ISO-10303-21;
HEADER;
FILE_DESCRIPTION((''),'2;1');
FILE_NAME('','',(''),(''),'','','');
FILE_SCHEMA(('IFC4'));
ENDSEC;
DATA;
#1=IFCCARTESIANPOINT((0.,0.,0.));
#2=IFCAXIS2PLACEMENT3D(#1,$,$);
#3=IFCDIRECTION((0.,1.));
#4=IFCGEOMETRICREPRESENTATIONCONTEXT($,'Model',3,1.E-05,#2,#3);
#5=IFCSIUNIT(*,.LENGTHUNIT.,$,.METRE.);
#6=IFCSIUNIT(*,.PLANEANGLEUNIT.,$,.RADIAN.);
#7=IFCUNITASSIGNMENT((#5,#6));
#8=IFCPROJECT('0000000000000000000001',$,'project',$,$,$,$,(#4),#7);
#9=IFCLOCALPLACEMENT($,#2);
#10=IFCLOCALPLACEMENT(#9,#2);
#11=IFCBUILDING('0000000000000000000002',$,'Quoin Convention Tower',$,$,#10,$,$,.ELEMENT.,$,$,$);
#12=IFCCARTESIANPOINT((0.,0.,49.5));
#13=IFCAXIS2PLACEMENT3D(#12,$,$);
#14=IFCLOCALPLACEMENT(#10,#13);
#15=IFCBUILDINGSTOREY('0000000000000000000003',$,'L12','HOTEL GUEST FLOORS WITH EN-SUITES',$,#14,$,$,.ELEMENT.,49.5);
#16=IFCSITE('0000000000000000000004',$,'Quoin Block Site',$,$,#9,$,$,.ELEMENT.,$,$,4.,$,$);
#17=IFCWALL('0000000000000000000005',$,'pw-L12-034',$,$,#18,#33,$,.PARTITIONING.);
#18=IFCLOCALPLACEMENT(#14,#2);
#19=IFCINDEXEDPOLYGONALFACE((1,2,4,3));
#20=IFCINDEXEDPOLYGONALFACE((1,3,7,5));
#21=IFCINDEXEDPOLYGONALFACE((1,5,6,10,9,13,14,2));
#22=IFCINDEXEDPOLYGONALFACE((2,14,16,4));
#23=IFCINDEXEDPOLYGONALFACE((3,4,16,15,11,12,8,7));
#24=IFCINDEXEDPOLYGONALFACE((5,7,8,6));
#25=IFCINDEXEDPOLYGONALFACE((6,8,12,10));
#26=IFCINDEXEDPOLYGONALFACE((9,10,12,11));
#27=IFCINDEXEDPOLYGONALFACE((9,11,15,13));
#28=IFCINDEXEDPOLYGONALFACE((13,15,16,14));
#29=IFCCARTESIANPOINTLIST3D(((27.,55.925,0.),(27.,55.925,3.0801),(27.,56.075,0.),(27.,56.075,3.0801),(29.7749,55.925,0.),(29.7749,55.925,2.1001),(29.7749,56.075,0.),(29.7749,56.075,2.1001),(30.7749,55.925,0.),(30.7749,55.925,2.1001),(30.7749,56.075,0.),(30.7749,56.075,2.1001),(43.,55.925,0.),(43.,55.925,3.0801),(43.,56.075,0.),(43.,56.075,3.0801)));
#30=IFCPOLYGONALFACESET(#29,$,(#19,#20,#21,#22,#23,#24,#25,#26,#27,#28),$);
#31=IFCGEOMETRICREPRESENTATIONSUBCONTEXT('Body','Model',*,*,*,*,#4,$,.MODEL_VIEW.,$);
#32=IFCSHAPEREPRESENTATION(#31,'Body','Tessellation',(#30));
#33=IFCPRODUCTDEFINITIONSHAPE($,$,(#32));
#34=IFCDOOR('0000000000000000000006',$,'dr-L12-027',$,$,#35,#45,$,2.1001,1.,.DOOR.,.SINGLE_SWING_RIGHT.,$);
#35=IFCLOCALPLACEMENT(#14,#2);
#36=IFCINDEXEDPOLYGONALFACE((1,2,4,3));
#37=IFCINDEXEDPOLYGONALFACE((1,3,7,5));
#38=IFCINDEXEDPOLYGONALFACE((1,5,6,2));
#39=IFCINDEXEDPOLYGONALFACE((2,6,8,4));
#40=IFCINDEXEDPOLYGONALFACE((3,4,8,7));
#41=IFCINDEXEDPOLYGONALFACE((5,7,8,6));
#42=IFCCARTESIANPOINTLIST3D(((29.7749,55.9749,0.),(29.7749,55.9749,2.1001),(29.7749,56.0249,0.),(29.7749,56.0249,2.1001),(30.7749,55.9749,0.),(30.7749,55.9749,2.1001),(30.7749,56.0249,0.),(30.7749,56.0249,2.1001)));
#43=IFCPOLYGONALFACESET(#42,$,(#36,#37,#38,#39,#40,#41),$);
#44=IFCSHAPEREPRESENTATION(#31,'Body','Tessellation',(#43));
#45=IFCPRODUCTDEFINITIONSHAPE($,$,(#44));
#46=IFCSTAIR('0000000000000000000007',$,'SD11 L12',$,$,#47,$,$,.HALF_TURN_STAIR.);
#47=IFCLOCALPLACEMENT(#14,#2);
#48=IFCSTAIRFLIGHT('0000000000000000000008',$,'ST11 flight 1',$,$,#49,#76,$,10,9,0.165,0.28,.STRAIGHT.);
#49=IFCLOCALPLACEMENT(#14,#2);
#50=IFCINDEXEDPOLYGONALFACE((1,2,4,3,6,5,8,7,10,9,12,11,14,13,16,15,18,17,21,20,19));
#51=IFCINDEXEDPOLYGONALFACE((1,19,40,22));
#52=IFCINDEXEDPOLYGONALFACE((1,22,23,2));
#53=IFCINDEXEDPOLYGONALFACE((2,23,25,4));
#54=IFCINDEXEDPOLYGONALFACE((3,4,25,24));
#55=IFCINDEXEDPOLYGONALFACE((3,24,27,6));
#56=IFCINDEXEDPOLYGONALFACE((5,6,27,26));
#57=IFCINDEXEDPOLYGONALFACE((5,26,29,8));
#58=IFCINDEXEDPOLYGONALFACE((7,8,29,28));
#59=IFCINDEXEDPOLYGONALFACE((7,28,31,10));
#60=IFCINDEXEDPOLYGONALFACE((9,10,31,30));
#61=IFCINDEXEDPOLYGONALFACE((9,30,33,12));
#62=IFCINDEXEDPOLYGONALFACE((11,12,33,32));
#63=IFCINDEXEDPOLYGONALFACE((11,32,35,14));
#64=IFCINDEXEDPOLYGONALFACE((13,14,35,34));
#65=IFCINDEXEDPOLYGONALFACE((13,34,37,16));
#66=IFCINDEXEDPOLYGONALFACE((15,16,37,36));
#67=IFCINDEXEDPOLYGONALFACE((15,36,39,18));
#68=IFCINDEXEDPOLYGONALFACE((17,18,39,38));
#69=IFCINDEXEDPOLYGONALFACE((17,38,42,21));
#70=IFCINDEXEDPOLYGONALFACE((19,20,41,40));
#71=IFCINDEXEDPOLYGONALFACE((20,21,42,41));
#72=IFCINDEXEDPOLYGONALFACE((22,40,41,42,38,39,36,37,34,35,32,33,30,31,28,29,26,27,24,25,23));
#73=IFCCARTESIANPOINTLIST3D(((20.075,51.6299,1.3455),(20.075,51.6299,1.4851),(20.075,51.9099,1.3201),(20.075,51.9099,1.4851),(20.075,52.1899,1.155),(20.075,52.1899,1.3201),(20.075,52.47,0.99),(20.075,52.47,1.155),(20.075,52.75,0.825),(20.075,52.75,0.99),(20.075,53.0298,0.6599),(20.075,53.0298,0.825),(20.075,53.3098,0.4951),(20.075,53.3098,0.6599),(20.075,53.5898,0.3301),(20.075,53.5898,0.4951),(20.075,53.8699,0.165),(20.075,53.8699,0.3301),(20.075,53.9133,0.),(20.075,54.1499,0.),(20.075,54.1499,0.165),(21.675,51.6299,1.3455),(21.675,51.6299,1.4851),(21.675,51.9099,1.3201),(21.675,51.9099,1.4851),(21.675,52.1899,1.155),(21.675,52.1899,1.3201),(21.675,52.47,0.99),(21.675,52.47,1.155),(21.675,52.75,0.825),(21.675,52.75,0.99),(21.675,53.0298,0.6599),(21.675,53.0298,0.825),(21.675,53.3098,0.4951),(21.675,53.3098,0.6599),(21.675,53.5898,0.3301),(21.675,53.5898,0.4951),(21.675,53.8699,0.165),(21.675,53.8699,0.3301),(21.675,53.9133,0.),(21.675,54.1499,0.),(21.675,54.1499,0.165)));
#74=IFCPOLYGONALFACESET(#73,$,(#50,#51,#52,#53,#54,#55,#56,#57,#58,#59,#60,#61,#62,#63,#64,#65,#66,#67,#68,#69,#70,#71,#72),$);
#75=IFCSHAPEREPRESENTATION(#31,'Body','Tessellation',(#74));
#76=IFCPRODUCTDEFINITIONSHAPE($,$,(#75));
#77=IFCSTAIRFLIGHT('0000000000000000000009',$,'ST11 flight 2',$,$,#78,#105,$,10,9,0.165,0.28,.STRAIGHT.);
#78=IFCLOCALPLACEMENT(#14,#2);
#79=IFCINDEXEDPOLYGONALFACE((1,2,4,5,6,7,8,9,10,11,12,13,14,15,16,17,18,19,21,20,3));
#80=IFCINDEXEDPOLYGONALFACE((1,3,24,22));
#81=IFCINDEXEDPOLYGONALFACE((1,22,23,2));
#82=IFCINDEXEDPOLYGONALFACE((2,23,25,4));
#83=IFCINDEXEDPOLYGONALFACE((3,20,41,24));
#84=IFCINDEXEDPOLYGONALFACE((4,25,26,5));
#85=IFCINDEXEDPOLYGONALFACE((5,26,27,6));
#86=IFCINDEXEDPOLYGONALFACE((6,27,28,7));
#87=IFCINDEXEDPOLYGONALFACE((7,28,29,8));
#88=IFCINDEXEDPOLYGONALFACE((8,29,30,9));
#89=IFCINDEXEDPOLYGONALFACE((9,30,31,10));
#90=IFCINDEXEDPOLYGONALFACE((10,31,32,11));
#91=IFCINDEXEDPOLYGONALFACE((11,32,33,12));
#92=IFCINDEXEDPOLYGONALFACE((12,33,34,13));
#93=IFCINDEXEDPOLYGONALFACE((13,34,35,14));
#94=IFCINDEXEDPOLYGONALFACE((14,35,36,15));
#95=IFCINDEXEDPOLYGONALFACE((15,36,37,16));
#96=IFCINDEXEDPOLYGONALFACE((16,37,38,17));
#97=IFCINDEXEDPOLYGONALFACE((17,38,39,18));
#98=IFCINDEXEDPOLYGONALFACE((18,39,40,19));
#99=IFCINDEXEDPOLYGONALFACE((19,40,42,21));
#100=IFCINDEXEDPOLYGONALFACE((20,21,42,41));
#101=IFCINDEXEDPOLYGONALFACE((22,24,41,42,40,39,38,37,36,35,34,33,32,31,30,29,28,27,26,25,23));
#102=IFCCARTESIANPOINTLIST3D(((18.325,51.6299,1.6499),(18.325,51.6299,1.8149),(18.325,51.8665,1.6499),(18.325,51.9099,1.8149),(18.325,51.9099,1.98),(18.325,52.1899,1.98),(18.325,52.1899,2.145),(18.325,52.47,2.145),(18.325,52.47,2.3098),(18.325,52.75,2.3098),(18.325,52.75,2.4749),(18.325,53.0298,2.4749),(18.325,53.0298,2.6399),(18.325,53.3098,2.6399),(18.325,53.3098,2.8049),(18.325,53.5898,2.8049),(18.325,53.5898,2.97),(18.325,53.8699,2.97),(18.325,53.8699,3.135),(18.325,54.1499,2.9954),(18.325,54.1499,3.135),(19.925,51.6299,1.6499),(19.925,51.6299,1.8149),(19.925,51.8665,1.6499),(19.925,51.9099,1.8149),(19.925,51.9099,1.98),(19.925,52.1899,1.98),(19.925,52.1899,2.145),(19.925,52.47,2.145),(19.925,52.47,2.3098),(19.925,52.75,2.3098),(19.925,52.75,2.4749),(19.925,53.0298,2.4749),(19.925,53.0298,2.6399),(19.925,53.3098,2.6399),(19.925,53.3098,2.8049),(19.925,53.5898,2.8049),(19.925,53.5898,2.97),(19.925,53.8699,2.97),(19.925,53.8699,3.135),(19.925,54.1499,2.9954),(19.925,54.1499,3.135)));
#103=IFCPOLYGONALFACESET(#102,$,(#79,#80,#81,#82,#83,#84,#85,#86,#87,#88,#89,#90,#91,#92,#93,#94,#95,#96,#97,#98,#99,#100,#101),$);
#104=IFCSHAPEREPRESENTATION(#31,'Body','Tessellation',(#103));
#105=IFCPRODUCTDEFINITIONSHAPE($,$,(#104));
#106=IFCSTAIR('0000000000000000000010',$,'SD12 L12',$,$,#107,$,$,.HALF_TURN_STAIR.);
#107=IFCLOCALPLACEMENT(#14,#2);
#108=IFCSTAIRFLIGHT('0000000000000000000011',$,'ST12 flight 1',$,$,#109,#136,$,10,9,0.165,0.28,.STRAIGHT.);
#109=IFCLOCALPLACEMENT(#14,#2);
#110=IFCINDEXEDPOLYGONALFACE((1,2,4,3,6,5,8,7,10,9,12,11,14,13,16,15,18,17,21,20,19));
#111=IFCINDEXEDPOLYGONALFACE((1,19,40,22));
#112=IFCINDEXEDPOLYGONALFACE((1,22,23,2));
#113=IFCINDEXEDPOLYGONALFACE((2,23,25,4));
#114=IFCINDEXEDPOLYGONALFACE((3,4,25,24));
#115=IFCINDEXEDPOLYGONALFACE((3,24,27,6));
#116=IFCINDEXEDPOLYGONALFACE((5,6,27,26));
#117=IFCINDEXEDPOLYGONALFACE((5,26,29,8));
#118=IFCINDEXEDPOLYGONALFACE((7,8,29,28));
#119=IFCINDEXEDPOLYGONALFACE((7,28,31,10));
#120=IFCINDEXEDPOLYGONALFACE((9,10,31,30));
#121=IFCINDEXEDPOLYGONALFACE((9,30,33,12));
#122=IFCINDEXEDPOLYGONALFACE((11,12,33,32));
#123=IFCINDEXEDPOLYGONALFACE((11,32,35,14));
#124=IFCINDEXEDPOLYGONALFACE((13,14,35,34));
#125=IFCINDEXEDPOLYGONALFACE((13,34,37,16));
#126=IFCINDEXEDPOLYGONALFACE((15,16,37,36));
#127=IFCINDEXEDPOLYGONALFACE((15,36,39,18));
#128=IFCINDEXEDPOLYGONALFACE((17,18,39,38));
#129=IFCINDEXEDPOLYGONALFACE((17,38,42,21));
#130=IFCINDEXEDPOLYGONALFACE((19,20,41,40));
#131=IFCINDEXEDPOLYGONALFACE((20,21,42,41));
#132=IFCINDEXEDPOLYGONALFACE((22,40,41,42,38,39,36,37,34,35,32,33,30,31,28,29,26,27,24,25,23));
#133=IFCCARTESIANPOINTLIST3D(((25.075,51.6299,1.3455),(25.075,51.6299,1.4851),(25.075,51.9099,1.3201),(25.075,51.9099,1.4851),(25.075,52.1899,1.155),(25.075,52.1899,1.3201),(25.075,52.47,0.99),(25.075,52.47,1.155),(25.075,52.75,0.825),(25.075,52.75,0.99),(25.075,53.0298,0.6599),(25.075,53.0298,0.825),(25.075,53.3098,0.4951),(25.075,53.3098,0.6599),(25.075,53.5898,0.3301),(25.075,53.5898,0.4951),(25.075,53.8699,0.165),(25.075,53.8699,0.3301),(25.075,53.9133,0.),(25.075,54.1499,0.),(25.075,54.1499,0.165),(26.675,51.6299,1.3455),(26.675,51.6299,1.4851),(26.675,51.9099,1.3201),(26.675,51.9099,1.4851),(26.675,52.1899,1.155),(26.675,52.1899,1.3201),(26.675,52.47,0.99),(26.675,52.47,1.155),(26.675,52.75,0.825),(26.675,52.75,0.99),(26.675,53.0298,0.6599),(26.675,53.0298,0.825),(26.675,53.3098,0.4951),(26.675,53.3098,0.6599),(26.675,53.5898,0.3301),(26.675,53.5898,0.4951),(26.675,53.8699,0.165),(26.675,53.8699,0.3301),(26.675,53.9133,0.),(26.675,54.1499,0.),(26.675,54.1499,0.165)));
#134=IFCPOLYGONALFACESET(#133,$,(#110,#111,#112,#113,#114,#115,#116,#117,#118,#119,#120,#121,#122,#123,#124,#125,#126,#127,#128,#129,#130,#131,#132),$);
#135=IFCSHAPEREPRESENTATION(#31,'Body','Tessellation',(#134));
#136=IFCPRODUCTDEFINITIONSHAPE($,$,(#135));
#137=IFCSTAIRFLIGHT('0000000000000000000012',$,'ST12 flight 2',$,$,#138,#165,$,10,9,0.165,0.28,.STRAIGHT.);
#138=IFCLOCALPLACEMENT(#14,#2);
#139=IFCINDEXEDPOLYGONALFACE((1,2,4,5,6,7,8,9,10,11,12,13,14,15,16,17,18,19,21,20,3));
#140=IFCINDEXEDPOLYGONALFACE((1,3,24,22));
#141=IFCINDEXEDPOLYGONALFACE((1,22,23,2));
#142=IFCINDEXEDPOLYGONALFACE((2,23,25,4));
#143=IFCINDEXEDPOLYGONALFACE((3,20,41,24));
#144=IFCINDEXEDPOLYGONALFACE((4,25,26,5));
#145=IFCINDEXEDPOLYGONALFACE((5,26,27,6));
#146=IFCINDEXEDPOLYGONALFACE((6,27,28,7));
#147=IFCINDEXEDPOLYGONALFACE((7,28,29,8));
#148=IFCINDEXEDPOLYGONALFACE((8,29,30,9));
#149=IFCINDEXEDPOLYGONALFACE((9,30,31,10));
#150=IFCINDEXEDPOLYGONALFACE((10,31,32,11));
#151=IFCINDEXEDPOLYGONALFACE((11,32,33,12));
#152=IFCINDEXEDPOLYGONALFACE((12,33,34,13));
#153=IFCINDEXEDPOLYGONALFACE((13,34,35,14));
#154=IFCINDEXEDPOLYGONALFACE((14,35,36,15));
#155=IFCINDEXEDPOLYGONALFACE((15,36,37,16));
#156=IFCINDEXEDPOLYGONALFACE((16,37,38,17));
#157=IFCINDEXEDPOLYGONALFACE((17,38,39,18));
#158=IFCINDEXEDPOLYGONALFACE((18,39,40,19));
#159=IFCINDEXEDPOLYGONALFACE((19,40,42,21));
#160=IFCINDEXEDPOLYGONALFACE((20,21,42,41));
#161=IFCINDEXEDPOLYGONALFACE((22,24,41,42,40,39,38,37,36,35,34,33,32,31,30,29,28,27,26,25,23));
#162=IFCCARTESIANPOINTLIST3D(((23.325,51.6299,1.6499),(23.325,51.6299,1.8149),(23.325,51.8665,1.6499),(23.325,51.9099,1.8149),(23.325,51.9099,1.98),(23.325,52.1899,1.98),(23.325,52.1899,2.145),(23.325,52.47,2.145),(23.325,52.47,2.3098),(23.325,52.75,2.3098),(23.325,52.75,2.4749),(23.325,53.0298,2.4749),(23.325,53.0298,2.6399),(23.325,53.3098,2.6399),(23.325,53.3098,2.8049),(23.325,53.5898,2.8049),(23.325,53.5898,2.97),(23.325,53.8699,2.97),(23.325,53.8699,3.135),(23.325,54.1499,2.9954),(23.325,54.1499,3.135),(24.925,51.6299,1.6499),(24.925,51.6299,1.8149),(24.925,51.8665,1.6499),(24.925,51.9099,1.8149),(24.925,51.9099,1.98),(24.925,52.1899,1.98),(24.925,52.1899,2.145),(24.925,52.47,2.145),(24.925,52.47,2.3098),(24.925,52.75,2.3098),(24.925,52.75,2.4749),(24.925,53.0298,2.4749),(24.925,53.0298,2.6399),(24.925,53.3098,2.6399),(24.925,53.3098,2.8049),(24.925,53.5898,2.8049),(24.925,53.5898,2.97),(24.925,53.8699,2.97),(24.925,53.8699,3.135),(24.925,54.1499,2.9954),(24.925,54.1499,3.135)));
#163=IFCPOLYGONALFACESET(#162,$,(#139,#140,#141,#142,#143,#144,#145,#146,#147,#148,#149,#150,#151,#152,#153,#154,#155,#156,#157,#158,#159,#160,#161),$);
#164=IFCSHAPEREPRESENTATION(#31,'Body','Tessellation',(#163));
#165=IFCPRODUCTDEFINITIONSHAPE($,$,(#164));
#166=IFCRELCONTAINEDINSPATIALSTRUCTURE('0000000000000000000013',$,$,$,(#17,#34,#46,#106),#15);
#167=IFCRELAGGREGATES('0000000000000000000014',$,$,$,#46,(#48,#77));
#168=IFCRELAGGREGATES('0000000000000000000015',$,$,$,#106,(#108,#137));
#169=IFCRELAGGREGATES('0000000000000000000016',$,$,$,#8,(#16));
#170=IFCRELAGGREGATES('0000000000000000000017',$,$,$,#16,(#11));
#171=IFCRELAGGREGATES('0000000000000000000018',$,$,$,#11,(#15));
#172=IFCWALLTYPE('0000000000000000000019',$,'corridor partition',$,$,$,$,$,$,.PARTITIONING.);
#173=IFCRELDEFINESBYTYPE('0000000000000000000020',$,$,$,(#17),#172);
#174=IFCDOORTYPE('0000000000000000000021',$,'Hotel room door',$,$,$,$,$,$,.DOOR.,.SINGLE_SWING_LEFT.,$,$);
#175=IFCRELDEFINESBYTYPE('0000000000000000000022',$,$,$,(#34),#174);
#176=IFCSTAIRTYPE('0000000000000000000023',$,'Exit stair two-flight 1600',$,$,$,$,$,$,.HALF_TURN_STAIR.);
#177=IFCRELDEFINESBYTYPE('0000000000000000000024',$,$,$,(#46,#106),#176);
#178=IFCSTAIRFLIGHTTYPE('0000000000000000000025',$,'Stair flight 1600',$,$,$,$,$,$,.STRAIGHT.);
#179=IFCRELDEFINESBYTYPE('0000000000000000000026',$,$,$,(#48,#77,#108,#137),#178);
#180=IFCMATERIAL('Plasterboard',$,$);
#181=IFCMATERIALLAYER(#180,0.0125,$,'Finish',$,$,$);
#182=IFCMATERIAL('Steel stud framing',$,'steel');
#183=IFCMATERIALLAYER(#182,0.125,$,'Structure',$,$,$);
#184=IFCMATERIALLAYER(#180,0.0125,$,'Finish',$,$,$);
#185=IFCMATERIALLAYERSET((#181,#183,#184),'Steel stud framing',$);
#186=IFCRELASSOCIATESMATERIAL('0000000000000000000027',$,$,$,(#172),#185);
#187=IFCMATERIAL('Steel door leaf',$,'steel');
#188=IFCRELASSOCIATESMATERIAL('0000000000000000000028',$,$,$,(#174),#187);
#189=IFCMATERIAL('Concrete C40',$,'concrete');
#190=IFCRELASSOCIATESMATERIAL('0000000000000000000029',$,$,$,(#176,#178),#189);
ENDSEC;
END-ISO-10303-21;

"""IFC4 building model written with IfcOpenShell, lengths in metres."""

from ifc_helpers import new_model, si_unit, direction, frame, frame_2d, origin, place, context, subcontext, project, spatial, polyline, rectangle, outline, extrude, material, layer, layer_set, type_object, element, fill, aggregate, save


model = new_model("IFC4")

# Units and contexts
model_context = context("Model", 3, precision=1e-05, world=origin(), true_north=direction((0.0, 1.0)))
body_context = subcontext(model_context, "Body", "Model", "MODEL_VIEW")
ifc_project = project(units=[si_unit("LENGTHUNIT", "METRE"), si_unit("PLANEANGLEUNIT", "RADIAN")], contexts=[model_context])

# Site, building, storey
site_placement = place(None, origin())
site = spatial("IfcSite", under=ifc_project, at=site_placement, Name="Quoin Block Site", CompositionType="ELEMENT", RefElevation=4.0)
building_placement = place(site_placement, origin())
building = spatial("IfcBuilding", under=site, at=building_placement, Name="Quoin Convention Tower", CompositionType="ELEMENT")
storey_placement = place(building_placement, frame((0.0, 0.0, 49.5)))
storey = spatial("IfcBuildingStorey", under=building, at=storey_placement, Name="L12", Description="HOTEL GUEST FLOORS WITH EN-SUITES", CompositionType="ELEMENT", Elevation=49.5)

# Shared definitions
ifc_material_1 = material(Name="Steel door leaf", Category="steel")

# Shared definitions
ifc_material_2 = material(Name="Plasterboard")
ifc_layer_1 = layer(ifc_material_2, 0.0125, Name="Finish")
ifc_material_3 = material(Name="Steel stud framing", Category="steel")
ifc_layer_2 = layer(ifc_material_3, 0.125, Name="Structure")
ifc_layer_3 = layer(ifc_material_2, 0.0125, Name="Finish")
ifc_layer_set_1 = layer_set([ifc_layer_1, ifc_layer_2, ifc_layer_3], Name="Steel stud framing")
wall_type_1 = type_object("IfcWallType", Name="corridor partition", PredefinedType="PARTITIONING", material=ifc_layer_set_1)

# Wall, opening, door
wall_1_placement = place(storey_placement, frame((27.0, 56.0, 0.0), z_axis=(0.0, 0.0, 1.0), x_axis=(1.0, 0.0, 0.0)))
wall_1 = element("IfcWall", 1, at=wall_1_placement, inside=storey, type_object=wall_type_1, Name="pw-L12-034", PredefinedType="PARTITIONING", context=body_context, shape_type="SweptSolid", body=[
    extrude(rectangle(XDim=16.0, YDim=0.1499, at=frame_2d((8.0, 0.0))), origin(), (0.0, 0.0, 1.0), 3.0801),
])
opening_1_placement = place(wall_1_placement, frame((2.7749, 0.0, 0.0)))
opening_1 = element("IfcOpeningElement", 2, at=opening_1_placement, cuts=wall_1, PredefinedType="OPENING", context=body_context, shape_type="SweptSolid", body=[
    extrude(rectangle(XDim=1.0, YDim=2.1001, at=frame_2d((0.5, 1.05))), frame((0.0, 0.085, 0.0), z_axis=(0.0, -1.0, 0.0), x_axis=(1.0, 0.0, 0.0)), (0.0, 0.0, 1.0), 0.1699),
])
door_type_1 = type_object("IfcDoorType", Name="Hotel room door", OperationType="SINGLE_SWING_LEFT", PredefinedType="DOOR", material=ifc_material_1)
door_1_placement = place(opening_1_placement, origin())
door_1 = element("IfcDoor", 3, at=door_1_placement, inside=storey, type_object=door_type_1, Name="dr-L12-027", OperationType="SINGLE_SWING_RIGHT", OverallHeight=2.1001, OverallWidth=1.0, PredefinedType="DOOR", context=body_context, shape_type="SweptSolid", body=[
    extrude(rectangle(XDim=1.0, YDim=2.1001, at=frame_2d((0.5, 1.05))), frame((0.0, 0.0249, 0.0), z_axis=(0.0, -1.0, 0.0), x_axis=(1.0, 0.0, 0.0)), (0.0, 0.0, 1.0), 0.05),
])
fill(opening_1, door_1)

# Stairs, stair flights
ifc_material_4 = material(Name="Concrete C40", Category="concrete")
stair_type = type_object("IfcStairType", Name="Exit stair two-flight 1600", PredefinedType="HALF_TURN_STAIR", material=ifc_material_4)
stair_1_placement = place(storey_placement, origin())
stair_1 = element("IfcStair", 4, at=stair_1_placement, inside=storey, type_object=stair_type, Name="SD11 L12", PredefinedType="HALF_TURN_STAIR")
stair_flight_type = type_object("IfcStairFlightType", Name="Stair flight 1600", PredefinedType="STRAIGHT", material=ifc_material_4)
stair_flight_1_placement = place(storey_placement, frame((20.875, 54.1499, 0.0), z_axis=(0.0, 0.0, 1.0), x_axis=(0.0, -1.0, 0.0)))
stair_flight_1 = element("IfcStairFlight", 5, at=stair_flight_1_placement, type_object=stair_flight_type, Name="ST11 flight 1", NumberOfRisers=10, NumberOfTreads=9, PredefinedType="STRAIGHT", RiserHeight=0.165, TreadLength=0.28, context=body_context, shape_type="SweptSolid", body=[
    extrude(outline(polyline([(0.0, 0.0), (0.0, 0.165), (0.28, 0.165), (0.28, 0.3301), (0.5601, 0.3301), (0.5601, 0.4951), (0.8401, 0.4951), (0.8401, 0.6599), (1.1201, 0.6599), (1.1201, 0.825), (1.3999, 0.825), (1.3999, 0.99), (1.6799, 0.99), (1.6799, 1.155), (1.96, 1.155), (1.96, 1.3201), (2.24, 1.3201), (2.24, 1.4851), (2.52, 1.4851), (2.52, 1.6499), (2.52, 1.3455), (0.2366, 0.0), (0.0, 0.0)])), frame((0.0, 0.8, 0.0), z_axis=(0.0, -1.0, 0.0), x_axis=(1.0, 0.0, 0.0)), (0.0, 0.0, 1.0), 1.6001),
])
stair_flight_2_placement = place(storey_placement, frame((19.125, 51.6299, 1.6499), z_axis=(0.0, 0.0, 1.0), x_axis=(0.0, 1.0, 0.0)))
stair_flight_2 = element("IfcStairFlight", 6, at=stair_flight_2_placement, type_object=stair_flight_type, Name="ST11 flight 2", NumberOfRisers=10, NumberOfTreads=9, PredefinedType="STRAIGHT", RiserHeight=0.165, TreadLength=0.28, context=body_context, shape_type="SweptSolid", body=[
    extrude(outline(polyline([(0.0, 0.0), (0.0, 0.165), (0.28, 0.165), (0.28, 0.3301), (0.5601, 0.3301), (0.5601, 0.4951), (0.8401, 0.4951), (0.8401, 0.6599), (1.1201, 0.6599), (1.1201, 0.825), (1.3999, 0.825), (1.3999, 0.99), (1.6799, 0.99), (1.6799, 1.155), (1.96, 1.155), (1.96, 1.3201), (2.24, 1.3201), (2.24, 1.4851), (2.52, 1.4851), (2.52, 1.6499), (2.52, 1.3455), (0.2366, 0.0), (0.0, 0.0)])), frame((0.0, 0.8, 0.0), z_axis=(0.0, -1.0, 0.0), x_axis=(1.0, 0.0, 0.0)), (0.0, 0.0, 1.0), 1.6001),
])
aggregate(stair_1, [stair_flight_1, stair_flight_2])
stair_2_placement = place(storey_placement, origin())
stair_2 = element("IfcStair", 7, at=stair_2_placement, inside=storey, type_object=stair_type, Name="SD12 L12", PredefinedType="HALF_TURN_STAIR")
stair_flight_3_placement = place(storey_placement, frame((25.875, 54.1499, 0.0), z_axis=(0.0, 0.0, 1.0), x_axis=(0.0, -1.0, 0.0)))
stair_flight_3 = element("IfcStairFlight", 8, at=stair_flight_3_placement, type_object=stair_flight_type, Name="ST12 flight 1", NumberOfRisers=10, NumberOfTreads=9, PredefinedType="STRAIGHT", RiserHeight=0.165, TreadLength=0.28, context=body_context, shape_type="SweptSolid", body=[
    extrude(outline(polyline([(0.0, 0.0), (0.0, 0.165), (0.28, 0.165), (0.28, 0.3301), (0.5601, 0.3301), (0.5601, 0.4951), (0.8401, 0.4951), (0.8401, 0.6599), (1.1201, 0.6599), (1.1201, 0.825), (1.3999, 0.825), (1.3999, 0.99), (1.6799, 0.99), (1.6799, 1.155), (1.96, 1.155), (1.96, 1.3201), (2.24, 1.3201), (2.24, 1.4851), (2.52, 1.4851), (2.52, 1.6499), (2.52, 1.3455), (0.2366, 0.0), (0.0, 0.0)])), frame((0.0, 0.8, 0.0), z_axis=(0.0, -1.0, 0.0), x_axis=(1.0, 0.0, 0.0)), (0.0, 0.0, 1.0), 1.6001),
])
stair_flight_4_placement = place(storey_placement, frame((24.125, 51.6299, 1.6499), z_axis=(0.0, 0.0, 1.0), x_axis=(0.0, 1.0, 0.0)))
stair_flight_4 = element("IfcStairFlight", 9, at=stair_flight_4_placement, type_object=stair_flight_type, Name="ST12 flight 2", NumberOfRisers=10, NumberOfTreads=9, PredefinedType="STRAIGHT", RiserHeight=0.165, TreadLength=0.28, context=body_context, shape_type="SweptSolid", body=[
    extrude(outline(polyline([(0.0, 0.0), (0.0, 0.165), (0.28, 0.165), (0.28, 0.3301), (0.5601, 0.3301), (0.5601, 0.4951), (0.8401, 0.4951), (0.8401, 0.6599), (1.1201, 0.6599), (1.1201, 0.825), (1.3999, 0.825), (1.3999, 0.99), (1.6799, 0.99), (1.6799, 1.155), (1.96, 1.155), (1.96, 1.3201), (2.24, 1.3201), (2.24, 1.4851), (2.52, 1.4851), (2.52, 1.6499), (2.52, 1.3455), (0.2366, 0.0), (0.0, 0.0)])), frame((0.0, 0.8, 0.0), z_axis=(0.0, -1.0, 0.0), x_axis=(1.0, 0.0, 0.0)), (0.0, 0.0, 1.0), 1.6001),
])
aggregate(stair_2, [stair_flight_3, stair_flight_4])

save(model, "model.ifc")
